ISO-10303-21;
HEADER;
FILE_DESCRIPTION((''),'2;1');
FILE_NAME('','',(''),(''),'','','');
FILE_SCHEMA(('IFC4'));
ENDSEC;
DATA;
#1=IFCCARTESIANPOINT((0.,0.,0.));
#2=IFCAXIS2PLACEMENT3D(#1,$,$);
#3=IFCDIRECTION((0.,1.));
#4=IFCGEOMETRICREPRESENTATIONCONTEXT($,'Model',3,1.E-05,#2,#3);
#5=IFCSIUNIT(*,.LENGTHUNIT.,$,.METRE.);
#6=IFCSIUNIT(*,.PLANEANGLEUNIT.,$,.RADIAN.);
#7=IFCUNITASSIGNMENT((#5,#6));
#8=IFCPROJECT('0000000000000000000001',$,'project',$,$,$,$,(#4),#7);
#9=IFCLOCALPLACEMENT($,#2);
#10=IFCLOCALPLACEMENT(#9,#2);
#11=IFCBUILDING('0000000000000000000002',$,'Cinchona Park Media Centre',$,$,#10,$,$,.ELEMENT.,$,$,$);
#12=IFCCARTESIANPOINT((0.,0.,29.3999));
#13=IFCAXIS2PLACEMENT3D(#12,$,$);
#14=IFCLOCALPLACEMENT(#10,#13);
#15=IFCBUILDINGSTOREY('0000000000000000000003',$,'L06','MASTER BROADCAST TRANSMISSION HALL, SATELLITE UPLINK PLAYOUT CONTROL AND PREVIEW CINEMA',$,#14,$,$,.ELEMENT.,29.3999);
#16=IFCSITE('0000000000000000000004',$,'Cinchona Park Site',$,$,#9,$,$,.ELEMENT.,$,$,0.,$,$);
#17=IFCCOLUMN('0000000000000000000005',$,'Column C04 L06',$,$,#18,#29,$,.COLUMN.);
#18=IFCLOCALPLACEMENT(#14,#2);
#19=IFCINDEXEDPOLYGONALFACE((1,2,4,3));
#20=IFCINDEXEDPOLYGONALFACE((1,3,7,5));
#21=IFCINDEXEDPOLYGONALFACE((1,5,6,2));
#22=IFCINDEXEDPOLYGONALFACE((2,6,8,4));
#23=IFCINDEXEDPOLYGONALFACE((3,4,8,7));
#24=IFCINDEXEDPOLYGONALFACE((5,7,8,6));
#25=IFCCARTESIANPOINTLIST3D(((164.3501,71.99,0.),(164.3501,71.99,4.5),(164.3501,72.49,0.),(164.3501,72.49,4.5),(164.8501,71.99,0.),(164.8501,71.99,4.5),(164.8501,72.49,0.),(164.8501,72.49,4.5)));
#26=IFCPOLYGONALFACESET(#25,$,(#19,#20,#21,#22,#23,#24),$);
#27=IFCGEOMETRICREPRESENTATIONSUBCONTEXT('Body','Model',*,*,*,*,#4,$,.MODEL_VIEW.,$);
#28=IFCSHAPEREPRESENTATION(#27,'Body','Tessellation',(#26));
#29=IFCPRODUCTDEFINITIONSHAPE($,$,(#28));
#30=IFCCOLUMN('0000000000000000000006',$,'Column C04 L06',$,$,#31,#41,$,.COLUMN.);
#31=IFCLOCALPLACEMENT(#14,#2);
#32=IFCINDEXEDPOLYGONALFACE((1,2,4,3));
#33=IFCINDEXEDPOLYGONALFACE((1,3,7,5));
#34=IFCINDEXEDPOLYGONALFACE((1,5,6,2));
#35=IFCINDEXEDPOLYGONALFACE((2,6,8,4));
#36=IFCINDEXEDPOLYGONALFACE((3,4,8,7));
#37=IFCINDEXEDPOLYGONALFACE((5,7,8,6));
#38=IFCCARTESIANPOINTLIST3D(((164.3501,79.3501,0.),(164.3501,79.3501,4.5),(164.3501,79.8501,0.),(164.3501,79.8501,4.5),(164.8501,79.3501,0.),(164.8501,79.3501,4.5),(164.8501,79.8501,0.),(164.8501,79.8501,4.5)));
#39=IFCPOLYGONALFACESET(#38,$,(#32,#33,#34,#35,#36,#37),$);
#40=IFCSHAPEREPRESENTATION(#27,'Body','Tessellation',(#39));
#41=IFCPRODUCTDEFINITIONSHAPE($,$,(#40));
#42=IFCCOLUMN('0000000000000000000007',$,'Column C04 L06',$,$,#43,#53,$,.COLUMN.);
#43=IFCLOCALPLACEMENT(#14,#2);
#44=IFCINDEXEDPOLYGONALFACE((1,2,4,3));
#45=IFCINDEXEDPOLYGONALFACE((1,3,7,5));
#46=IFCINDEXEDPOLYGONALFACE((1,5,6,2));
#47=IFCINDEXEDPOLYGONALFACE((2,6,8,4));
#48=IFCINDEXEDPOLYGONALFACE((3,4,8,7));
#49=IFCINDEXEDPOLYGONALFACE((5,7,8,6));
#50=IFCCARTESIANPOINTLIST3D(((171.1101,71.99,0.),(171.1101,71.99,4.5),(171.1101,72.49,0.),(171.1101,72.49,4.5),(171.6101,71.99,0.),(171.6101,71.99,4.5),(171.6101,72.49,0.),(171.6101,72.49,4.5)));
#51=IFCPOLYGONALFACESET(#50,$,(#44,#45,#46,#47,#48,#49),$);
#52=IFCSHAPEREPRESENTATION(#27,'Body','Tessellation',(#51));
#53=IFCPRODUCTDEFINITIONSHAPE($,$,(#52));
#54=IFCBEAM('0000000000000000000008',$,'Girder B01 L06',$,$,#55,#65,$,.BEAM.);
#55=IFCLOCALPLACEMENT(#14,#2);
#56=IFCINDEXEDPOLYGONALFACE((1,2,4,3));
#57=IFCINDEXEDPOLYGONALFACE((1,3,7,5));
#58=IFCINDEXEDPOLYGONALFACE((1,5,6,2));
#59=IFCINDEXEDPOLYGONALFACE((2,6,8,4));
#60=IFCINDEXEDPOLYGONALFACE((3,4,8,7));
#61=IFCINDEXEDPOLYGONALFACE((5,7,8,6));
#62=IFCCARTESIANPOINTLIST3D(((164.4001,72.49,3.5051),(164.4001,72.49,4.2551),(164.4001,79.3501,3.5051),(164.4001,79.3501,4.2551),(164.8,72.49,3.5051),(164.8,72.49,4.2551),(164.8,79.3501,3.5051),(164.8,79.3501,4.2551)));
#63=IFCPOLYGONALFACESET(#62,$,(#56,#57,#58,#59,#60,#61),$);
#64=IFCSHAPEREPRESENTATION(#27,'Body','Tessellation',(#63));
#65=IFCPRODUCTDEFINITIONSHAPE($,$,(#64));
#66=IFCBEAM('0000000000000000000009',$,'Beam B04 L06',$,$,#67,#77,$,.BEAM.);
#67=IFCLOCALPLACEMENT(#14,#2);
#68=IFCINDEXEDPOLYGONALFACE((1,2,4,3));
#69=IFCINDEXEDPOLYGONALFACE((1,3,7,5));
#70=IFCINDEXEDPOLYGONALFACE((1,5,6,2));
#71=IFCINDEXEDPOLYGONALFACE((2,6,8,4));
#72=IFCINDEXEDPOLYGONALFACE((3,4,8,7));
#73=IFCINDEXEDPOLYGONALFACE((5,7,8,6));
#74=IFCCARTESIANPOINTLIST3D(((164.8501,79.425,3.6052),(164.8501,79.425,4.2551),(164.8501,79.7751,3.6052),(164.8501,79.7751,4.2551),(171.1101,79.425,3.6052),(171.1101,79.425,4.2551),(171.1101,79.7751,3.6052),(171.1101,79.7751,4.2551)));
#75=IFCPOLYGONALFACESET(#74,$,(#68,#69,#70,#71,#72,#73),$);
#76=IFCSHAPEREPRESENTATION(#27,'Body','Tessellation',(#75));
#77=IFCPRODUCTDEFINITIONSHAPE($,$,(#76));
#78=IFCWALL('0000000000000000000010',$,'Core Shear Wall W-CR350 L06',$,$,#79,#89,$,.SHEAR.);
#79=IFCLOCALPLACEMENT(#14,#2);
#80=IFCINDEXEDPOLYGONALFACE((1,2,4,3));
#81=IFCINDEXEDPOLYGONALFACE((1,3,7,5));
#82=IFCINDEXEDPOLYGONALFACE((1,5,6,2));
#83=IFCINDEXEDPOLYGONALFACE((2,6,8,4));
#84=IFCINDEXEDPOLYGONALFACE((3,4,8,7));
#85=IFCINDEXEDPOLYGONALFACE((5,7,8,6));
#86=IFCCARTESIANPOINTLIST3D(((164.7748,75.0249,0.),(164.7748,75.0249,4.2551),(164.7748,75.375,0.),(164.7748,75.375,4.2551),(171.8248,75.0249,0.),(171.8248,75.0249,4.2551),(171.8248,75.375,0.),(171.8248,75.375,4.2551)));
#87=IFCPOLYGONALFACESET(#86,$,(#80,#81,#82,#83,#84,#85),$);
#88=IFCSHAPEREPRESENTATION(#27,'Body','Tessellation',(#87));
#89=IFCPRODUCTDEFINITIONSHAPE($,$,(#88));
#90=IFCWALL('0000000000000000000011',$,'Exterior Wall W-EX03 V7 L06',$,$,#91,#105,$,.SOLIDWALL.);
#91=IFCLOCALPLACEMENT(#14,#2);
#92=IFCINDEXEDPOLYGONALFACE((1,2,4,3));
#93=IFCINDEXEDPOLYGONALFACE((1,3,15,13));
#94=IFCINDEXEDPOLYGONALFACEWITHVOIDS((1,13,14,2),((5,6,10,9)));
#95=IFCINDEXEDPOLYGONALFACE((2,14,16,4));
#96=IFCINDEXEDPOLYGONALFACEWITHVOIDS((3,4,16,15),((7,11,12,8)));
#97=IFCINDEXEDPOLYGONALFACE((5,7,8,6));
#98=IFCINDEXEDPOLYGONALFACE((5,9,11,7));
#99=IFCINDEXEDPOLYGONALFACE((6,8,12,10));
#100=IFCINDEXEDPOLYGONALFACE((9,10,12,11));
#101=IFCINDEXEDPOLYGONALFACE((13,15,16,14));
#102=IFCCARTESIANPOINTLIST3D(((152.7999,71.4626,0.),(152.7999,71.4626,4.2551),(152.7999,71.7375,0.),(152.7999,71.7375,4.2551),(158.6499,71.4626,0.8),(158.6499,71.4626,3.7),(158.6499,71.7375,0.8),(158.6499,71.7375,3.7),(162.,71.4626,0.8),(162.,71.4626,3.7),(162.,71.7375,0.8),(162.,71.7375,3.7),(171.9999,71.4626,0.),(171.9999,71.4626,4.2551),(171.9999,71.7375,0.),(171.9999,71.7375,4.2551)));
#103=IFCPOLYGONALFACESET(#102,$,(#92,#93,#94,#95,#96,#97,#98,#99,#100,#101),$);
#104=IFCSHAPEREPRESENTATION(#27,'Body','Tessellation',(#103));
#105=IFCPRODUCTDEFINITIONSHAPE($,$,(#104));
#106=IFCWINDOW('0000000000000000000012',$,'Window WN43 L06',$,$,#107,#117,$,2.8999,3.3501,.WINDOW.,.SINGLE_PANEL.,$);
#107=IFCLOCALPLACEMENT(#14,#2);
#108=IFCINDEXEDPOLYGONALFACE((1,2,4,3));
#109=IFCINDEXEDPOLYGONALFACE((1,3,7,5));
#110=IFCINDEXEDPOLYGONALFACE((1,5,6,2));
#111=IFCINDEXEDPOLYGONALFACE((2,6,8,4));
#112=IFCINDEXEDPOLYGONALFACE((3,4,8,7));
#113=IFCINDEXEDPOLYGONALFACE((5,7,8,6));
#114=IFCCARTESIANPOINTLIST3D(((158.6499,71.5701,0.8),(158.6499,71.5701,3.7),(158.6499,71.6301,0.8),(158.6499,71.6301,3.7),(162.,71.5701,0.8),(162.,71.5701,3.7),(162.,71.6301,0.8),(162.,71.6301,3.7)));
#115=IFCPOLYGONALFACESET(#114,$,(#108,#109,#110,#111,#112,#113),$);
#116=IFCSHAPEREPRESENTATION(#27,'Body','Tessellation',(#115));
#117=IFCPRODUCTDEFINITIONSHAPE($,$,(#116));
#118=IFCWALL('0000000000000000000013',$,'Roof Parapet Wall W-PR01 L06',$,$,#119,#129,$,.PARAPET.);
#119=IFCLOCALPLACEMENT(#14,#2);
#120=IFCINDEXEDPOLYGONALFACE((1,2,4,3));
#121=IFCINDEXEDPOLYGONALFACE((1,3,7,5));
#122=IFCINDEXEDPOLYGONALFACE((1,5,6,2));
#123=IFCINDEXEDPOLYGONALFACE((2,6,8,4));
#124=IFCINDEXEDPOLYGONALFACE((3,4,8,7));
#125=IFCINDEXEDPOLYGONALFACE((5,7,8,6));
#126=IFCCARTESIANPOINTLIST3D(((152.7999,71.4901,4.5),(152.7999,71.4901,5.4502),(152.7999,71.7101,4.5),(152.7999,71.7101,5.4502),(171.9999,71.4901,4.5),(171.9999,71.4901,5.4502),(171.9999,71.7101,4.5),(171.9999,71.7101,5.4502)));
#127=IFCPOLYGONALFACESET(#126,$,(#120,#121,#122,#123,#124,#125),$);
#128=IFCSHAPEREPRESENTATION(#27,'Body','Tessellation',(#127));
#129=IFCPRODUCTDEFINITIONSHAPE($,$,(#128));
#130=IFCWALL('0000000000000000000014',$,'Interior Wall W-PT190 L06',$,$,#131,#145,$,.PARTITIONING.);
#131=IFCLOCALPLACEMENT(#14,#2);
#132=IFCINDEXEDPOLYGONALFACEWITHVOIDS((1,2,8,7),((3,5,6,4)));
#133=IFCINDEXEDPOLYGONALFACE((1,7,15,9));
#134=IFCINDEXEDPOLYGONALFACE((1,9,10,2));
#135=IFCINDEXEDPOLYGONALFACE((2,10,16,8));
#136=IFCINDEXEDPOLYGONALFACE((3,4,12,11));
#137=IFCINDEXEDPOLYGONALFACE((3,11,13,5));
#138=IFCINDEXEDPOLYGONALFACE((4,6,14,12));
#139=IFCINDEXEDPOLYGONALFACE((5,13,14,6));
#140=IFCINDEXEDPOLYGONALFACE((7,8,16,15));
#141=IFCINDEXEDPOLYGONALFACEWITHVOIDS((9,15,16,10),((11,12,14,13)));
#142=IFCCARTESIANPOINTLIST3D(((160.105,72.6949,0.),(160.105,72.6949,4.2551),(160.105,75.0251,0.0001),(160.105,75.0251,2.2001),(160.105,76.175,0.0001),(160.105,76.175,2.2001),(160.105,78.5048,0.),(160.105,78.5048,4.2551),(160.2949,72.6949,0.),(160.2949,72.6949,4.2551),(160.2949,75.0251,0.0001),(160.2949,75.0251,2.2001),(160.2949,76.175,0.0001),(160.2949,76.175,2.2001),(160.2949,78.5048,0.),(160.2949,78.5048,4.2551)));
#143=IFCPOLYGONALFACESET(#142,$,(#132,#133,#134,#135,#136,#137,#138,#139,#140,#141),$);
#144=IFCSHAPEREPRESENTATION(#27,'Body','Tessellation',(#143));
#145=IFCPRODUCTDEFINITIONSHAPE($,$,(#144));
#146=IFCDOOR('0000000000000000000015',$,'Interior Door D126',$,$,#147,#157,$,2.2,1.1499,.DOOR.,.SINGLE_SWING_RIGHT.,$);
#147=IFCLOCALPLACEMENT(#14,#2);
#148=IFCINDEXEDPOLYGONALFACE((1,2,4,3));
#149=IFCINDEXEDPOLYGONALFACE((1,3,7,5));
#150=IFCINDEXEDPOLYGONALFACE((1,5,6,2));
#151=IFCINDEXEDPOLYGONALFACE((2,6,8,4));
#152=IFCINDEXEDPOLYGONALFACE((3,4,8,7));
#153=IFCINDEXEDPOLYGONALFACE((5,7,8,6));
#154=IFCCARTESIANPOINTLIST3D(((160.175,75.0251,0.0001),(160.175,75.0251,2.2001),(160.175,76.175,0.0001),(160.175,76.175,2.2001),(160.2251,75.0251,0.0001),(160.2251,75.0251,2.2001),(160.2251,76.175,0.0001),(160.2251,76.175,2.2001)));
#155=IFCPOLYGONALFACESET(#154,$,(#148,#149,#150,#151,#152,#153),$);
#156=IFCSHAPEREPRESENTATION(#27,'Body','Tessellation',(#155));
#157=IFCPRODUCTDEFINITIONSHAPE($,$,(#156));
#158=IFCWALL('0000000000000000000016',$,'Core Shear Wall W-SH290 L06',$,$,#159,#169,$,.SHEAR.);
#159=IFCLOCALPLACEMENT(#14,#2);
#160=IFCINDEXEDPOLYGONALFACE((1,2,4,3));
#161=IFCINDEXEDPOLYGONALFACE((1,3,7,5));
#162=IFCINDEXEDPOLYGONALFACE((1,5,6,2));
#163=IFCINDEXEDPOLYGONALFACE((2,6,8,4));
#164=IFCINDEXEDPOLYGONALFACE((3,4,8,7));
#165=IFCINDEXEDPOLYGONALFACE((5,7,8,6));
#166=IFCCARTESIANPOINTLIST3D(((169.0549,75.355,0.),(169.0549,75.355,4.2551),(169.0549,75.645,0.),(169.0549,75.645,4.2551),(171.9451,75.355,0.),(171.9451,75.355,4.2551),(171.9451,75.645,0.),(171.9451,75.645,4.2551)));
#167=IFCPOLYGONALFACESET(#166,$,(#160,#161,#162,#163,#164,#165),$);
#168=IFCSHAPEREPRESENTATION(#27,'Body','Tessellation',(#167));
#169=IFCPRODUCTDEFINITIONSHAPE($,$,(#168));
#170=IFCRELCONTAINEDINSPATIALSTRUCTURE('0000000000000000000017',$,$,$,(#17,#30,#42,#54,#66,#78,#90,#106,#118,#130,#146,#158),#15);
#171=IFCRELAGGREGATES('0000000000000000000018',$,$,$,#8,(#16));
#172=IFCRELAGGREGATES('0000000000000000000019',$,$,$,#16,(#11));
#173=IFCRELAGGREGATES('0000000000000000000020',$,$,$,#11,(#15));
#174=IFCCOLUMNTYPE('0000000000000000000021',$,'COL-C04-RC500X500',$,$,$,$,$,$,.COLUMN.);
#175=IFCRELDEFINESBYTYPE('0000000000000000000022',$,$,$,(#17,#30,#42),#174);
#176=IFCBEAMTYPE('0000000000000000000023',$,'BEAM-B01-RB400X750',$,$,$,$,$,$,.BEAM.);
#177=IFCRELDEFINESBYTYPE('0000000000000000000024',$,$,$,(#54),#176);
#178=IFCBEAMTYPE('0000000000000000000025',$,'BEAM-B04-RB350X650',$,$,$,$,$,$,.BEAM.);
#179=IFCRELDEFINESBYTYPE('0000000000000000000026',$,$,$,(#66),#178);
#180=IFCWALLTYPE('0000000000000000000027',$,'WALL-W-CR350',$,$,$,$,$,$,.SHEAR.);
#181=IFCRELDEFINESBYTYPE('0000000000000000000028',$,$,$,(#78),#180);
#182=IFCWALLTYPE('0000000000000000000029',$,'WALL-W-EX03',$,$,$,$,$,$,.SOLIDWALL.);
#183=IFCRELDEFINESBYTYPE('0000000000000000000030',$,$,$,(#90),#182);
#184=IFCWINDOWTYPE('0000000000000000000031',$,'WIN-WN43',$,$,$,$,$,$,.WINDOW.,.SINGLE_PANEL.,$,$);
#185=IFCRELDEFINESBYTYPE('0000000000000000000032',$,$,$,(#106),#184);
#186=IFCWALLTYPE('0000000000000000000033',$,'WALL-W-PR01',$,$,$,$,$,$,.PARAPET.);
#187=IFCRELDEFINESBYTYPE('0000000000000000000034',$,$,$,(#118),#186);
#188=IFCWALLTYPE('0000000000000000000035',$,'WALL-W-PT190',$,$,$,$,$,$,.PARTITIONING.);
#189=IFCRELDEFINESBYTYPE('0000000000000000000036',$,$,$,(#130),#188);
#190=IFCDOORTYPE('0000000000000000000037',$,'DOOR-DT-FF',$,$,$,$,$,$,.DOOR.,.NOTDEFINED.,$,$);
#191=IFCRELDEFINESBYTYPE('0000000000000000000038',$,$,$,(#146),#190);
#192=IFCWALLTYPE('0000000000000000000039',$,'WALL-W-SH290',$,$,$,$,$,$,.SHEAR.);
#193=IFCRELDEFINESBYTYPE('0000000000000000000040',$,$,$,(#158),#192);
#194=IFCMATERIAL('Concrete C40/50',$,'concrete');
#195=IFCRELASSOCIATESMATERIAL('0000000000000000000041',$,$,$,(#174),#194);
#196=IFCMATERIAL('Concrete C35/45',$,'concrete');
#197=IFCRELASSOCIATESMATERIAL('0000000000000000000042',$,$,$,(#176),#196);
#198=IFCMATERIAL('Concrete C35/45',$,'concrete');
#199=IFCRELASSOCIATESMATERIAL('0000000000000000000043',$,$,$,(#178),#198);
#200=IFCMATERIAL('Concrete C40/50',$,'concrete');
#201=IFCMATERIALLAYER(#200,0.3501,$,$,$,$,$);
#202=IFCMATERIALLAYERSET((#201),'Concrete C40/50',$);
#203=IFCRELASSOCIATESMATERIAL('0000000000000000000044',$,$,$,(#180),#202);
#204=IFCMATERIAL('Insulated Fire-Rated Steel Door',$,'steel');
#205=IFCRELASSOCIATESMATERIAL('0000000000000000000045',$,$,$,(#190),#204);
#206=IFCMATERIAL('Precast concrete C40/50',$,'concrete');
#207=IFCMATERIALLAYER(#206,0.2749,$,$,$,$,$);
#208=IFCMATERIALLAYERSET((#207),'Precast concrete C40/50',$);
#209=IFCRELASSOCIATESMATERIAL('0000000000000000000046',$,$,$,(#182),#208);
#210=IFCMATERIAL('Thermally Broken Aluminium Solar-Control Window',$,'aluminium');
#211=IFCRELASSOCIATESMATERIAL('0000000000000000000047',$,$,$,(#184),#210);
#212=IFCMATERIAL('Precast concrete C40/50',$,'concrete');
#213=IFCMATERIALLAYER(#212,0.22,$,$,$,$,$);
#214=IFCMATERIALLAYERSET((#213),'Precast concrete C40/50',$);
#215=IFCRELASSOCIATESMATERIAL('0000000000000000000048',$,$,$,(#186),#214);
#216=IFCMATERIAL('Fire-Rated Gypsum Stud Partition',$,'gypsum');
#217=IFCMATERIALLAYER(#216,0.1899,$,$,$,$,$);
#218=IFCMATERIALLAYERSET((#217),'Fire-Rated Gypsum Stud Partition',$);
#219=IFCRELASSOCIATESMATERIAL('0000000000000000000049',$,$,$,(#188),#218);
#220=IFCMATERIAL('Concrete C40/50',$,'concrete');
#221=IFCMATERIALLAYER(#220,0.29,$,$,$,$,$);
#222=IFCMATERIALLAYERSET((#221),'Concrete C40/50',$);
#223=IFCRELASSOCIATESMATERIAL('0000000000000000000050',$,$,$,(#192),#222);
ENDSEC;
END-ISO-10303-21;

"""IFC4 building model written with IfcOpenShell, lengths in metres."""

from ifc_helpers import new_model, si_unit, direction, frame, frame_2d, origin, origin_2d, place, context, subcontext, project, spatial, rectangle, extrude, material, layer, layer_set, material_profile, profile_set, type_object, element, fill, save


model = new_model("IFC4")

# Units and contexts
model_context = context("Model", 3, precision=1e-05, world=origin(), true_north=direction((0.0, 1.0)))
body_context = subcontext(model_context, "Body", "Model", "MODEL_VIEW")
ifc_project = project(units=[si_unit("LENGTHUNIT", "METRE"), si_unit("PLANEANGLEUNIT", "RADIAN")], contexts=[model_context])

# Site, building, storey
site_placement = place(None, origin())
site = spatial("IfcSite", under=ifc_project, at=site_placement, Name="Cinchona Park Site", CompositionType="ELEMENT", RefElevation=0.0)
building_placement = place(site_placement, origin())
building = spatial("IfcBuilding", under=site, at=building_placement, Name="Cinchona Park Media Centre", CompositionType="ELEMENT")
storey_placement = place(building_placement, frame((0.0, 0.0, 29.3999)))
storey = spatial("IfcBuildingStorey", under=building, at=storey_placement, Name="L06", Description="MASTER BROADCAST TRANSMISSION HALL, SATELLITE UPLINK PLAYOUT CONTROL AND PREVIEW CINEMA", CompositionType="ELEMENT", Elevation=29.3999)

# Columns
ifc_material_1 = material(Name="Concrete C40/50", Category="concrete")
ifc_material_profile_1 = material_profile(ifc_material_1, rectangle(XDim=0.5, YDim=0.5, at=origin_2d()), Name="RC 500X500")
ifc_profile_set_1 = profile_set([ifc_material_profile_1], Name="Concrete C40/50")
column_type = type_object("IfcColumnType", Name="COL-C04-RC500X500", PredefinedType="COLUMN", material=ifc_profile_set_1)
for number, where, z_axis, x_axis, name in (
    (1, (164.6001, 72.24, 0.0), (0.0, 0.0, 1.0), (1.0, 0.0, 0.0), "Column C04 L06"),
    (2, (164.6001, 79.6001, 0.0), (0.0, 0.0, 1.0), (1.0, 0.0, 0.0), "Column C04 L06"),
    (3, (171.3601, 72.24, 0.0), (0.0, 0.0, 1.0), (1.0, 0.0, 0.0), "Column C04 L06"),
):
    element("IfcColumn", number, at=place(storey_placement, frame(where, z_axis=z_axis, x_axis=x_axis)), inside=storey, type_object=column_type, Name=name, PredefinedType="COLUMN", context=body_context, shape_type="SweptSolid", body=[
        extrude(rectangle(XDim=0.5, YDim=0.5, at=origin_2d()), origin(), (0.0, 0.0, 1.0), 4.5),
    ])

# Beams
ifc_material_2 = material(Name="Concrete C35/45", Category="concrete")
ifc_material_profile_2 = material_profile(ifc_material_2, rectangle(XDim=0.3999, YDim=0.75, at=origin_2d()), Name="RB 400X750")
ifc_profile_set_2 = profile_set([ifc_material_profile_2], Name="Concrete C35/45")
beam_type_1 = type_object("IfcBeamType", Name="BEAM-B01-RB400X750", PredefinedType="BEAM", material=ifc_profile_set_2)
beam_1_placement = place(storey_placement, frame((164.6001, 72.49, 3.8801), z_axis=(0.0, 1.0, 0.0), x_axis=(-1.0, 0.0, 0.0)))
element("IfcBeam", 4, at=beam_1_placement, inside=storey, type_object=beam_type_1, Name="Girder B01 L06", PredefinedType="BEAM", context=body_context, shape_type="SweptSolid", body=[
    extrude(rectangle(XDim=0.3999, YDim=0.75, at=origin_2d()), origin(), (0.0, 0.0, 1.0), 6.8601),
])
ifc_material_3 = material(Name="Concrete C35/45", Category="concrete")
ifc_material_profile_3 = material_profile(ifc_material_3, rectangle(XDim=0.3501, YDim=0.6499, at=origin_2d()), Name="RB 350X650")
ifc_profile_set_3 = profile_set([ifc_material_profile_3], Name="Concrete C35/45")
beam_type_2 = type_object("IfcBeamType", Name="BEAM-B04-RB350X650", PredefinedType="BEAM", material=ifc_profile_set_3)
beam_2_placement = place(storey_placement, frame((164.8501, 79.6001, 3.9302), z_axis=(1.0, 0.0, 0.0), x_axis=(0.0, 1.0, 0.0)))
element("IfcBeam", 5, at=beam_2_placement, inside=storey, type_object=beam_type_2, Name="Beam B04 L06", PredefinedType="BEAM", context=body_context, shape_type="SweptSolid", body=[
    extrude(rectangle(XDim=0.3501, YDim=0.6499, at=origin_2d()), origin(), (0.0, 0.0, 1.0), 6.26),
])

# Shared definitions
ifc_material_4 = material(Name="Concrete C40/50", Category="concrete")
ifc_layer_1 = layer(ifc_material_4, 0.3501)
ifc_layer_set_1 = layer_set([ifc_layer_1], Name="Concrete C40/50")
wall_type_1 = type_object("IfcWallType", Name="WALL-W-CR350", PredefinedType="SHEAR", material=ifc_layer_set_1)
ifc_material_5 = material(Name="Insulated Fire-Rated Steel Door", Category="steel")
door_type_1 = type_object("IfcDoorType", Name="DOOR-DT-FF", OperationType="NOTDEFINED", PredefinedType="DOOR", material=ifc_material_5)

# Wall
wall_1_placement = place(storey_placement, frame((164.7749, 75.2, 0.0), z_axis=(0.0, 0.0, 1.0), x_axis=(1.0, 0.0, 0.0)))
element("IfcWall", 6, at=wall_1_placement, inside=storey, type_object=wall_type_1, Name="Core Shear Wall W-CR350 L06", PredefinedType="SHEAR", context=body_context, shape_type="SweptSolid", body=[
    extrude(rectangle(XDim=7.05, YDim=0.3501, at=frame_2d((3.5249, 0.0))), origin(), (0.0, 0.0, 1.0), 4.2551),
])

# Wall, opening, window
ifc_material_6 = material(Name="Precast concrete C40/50", Category="concrete")
ifc_layer_2 = layer(ifc_material_6, 0.2749)
ifc_layer_set_2 = layer_set([ifc_layer_2], Name="Precast concrete C40/50")
wall_type_2 = type_object("IfcWallType", Name="WALL-W-EX03", PredefinedType="SOLIDWALL", material=ifc_layer_set_2)
wall_2_placement = place(storey_placement, frame((172.0, 71.6001, 0.0), z_axis=(0.0, 0.0, 1.0), x_axis=(-1.0, 0.0, 0.0)))
wall_2 = element("IfcWall", 7, at=wall_2_placement, inside=storey, type_object=wall_type_2, Name="Exterior Wall W-EX03 V7 L06", PredefinedType="SOLIDWALL", context=body_context, shape_type="SweptSolid", body=[
    extrude(rectangle(XDim=19.2, YDim=0.2749, at=frame_2d((9.6001, 0.0))), origin(), (0.0, 0.0, 1.0), 4.2551),
])
opening_1_placement = place(wall_2_placement, frame((10.0, 0.0, 0.8)))
opening_1 = element("IfcOpeningElement", 8, at=opening_1_placement, cuts=wall_2, PredefinedType="OPENING", context=body_context, shape_type="SweptSolid", body=[
    extrude(rectangle(XDim=3.3501, YDim=2.8999, at=frame_2d((1.675, 1.45))), frame((0.0, 0.1475, 0.0), z_axis=(0.0, -1.0, 0.0), x_axis=(1.0, 0.0, 0.0)), (0.0, 0.0, 1.0), 0.2949),
])
ifc_material_7 = material(Name="Thermally Broken Aluminium Solar-Control Window", Category="aluminium")
window_type = type_object("IfcWindowType", Name="WIN-WN43", PartitioningType="SINGLE_PANEL", PredefinedType="WINDOW", material=ifc_material_7)
window_placement = place(opening_1_placement, origin())
window = element("IfcWindow", 9, at=window_placement, inside=storey, type_object=window_type, Name="Window WN43 L06", OverallHeight=2.8999, OverallWidth=3.3501, PartitioningType="SINGLE_PANEL", PredefinedType="WINDOW", context=body_context, shape_type="SweptSolid", body=[
    extrude(rectangle(XDim=3.3501, YDim=2.8999, at=frame_2d((1.675, 1.45))), frame((0.0, 0.03, 0.0), z_axis=(0.0, -1.0, 0.0), x_axis=(1.0, 0.0, 0.0)), (0.0, 0.0, 1.0), 0.0601),
])
fill(opening_1, window)

# Wall
ifc_material_8 = material(Name="Precast concrete C40/50", Category="concrete")
ifc_layer_3 = layer(ifc_material_8, 0.22)
ifc_layer_set_3 = layer_set([ifc_layer_3], Name="Precast concrete C40/50")
wall_type_3 = type_object("IfcWallType", Name="WALL-W-PR01", PredefinedType="PARAPET", material=ifc_layer_set_3)
wall_3_placement = place(storey_placement, frame((172.0, 71.6001, 4.5), z_axis=(0.0, 0.0, 1.0), x_axis=(-1.0, 0.0, 0.0)))
element("IfcWall", 10, at=wall_3_placement, inside=storey, type_object=wall_type_3, Name="Roof Parapet Wall W-PR01 L06", PredefinedType="PARAPET", context=body_context, shape_type="SweptSolid", body=[
    extrude(rectangle(XDim=19.2, YDim=0.22, at=frame_2d((9.6001, 0.0))), origin(), (0.0, 0.0, 1.0), 0.9502),
])

# Wall, opening, door
ifc_material_9 = material(Name="Fire-Rated Gypsum Stud Partition", Category="gypsum")
ifc_layer_4 = layer(ifc_material_9, 0.1899)
ifc_layer_set_4 = layer_set([ifc_layer_4], Name="Fire-Rated Gypsum Stud Partition")
wall_type_4 = type_object("IfcWallType", Name="WALL-W-PT190", PredefinedType="PARTITIONING", material=ifc_layer_set_4)
wall_4_placement = place(storey_placement, frame((160.2, 72.6951, 0.0), z_axis=(0.0, 0.0, 1.0), x_axis=(0.0, 1.0, 0.0)))
wall_4 = element("IfcWall", 11, at=wall_4_placement, inside=storey, type_object=wall_type_4, Name="Interior Wall W-PT190 L06", PredefinedType="PARTITIONING", context=body_context, shape_type="SweptSolid", body=[
    extrude(rectangle(XDim=5.8098, YDim=0.1899, at=frame_2d((2.9048, 0.0))), origin(), (0.0, 0.0, 1.0), 4.2551),
])
opening_2_placement = place(wall_4_placement, frame((2.3301, 0.0, 0.0)))
opening_2 = element("IfcOpeningElement", 12, at=opening_2_placement, cuts=wall_4, PredefinedType="OPENING", context=body_context, shape_type="SweptSolid", body=[
    extrude(rectangle(XDim=1.1499, YDim=2.2, at=frame_2d((0.575, 1.1001))), frame((0.0, 0.105, 0.0), z_axis=(0.0, -1.0, 0.0), x_axis=(1.0, 0.0, 0.0)), (0.0, 0.0, 1.0), 0.21),
])
door_1_placement = place(opening_2_placement, origin())
door_1 = element("IfcDoor", 13, at=door_1_placement, inside=storey, type_object=door_type_1, Name="Interior Door D126", OperationType="SINGLE_SWING_RIGHT", OverallHeight=2.2, OverallWidth=1.1499, PredefinedType="DOOR", context=body_context, shape_type="SweptSolid", body=[
    extrude(rectangle(XDim=1.1499, YDim=2.2, at=frame_2d((0.575, 1.1001))), frame((0.0, 0.0249, 0.0), z_axis=(0.0, -1.0, 0.0), x_axis=(1.0, 0.0, 0.0)), (0.0, 0.0, 1.0), 0.05),
])
fill(opening_2, door_1)

# Wall
ifc_material_10 = material(Name="Concrete C40/50", Category="concrete")
ifc_layer_5 = layer(ifc_material_10, 0.29)
ifc_layer_set_5 = layer_set([ifc_layer_5], Name="Concrete C40/50")
wall_type_5 = type_object("IfcWallType", Name="WALL-W-SH290", PredefinedType="SHEAR", material=ifc_layer_set_5)
for number, where, z_axis, x_axis, name in (
    (14, (169.0549, 75.5, 0.0), (0.0, 0.0, 1.0), (1.0, 0.0, 0.0), "Core Shear Wall W-SH290 L06"),
):
    element("IfcWall", number, at=place(storey_placement, frame(where, z_axis=z_axis, x_axis=x_axis)), inside=storey, type_object=wall_type_5, Name=name, PredefinedType="SHEAR", context=body_context, shape_type="SweptSolid", body=[
        extrude(rectangle(XDim=2.8901, YDim=0.29, at=frame_2d((1.4451, 0.0))), origin(), (0.0, 0.0, 1.0), 4.2551),
    ])

save(model, "model.ifc")
